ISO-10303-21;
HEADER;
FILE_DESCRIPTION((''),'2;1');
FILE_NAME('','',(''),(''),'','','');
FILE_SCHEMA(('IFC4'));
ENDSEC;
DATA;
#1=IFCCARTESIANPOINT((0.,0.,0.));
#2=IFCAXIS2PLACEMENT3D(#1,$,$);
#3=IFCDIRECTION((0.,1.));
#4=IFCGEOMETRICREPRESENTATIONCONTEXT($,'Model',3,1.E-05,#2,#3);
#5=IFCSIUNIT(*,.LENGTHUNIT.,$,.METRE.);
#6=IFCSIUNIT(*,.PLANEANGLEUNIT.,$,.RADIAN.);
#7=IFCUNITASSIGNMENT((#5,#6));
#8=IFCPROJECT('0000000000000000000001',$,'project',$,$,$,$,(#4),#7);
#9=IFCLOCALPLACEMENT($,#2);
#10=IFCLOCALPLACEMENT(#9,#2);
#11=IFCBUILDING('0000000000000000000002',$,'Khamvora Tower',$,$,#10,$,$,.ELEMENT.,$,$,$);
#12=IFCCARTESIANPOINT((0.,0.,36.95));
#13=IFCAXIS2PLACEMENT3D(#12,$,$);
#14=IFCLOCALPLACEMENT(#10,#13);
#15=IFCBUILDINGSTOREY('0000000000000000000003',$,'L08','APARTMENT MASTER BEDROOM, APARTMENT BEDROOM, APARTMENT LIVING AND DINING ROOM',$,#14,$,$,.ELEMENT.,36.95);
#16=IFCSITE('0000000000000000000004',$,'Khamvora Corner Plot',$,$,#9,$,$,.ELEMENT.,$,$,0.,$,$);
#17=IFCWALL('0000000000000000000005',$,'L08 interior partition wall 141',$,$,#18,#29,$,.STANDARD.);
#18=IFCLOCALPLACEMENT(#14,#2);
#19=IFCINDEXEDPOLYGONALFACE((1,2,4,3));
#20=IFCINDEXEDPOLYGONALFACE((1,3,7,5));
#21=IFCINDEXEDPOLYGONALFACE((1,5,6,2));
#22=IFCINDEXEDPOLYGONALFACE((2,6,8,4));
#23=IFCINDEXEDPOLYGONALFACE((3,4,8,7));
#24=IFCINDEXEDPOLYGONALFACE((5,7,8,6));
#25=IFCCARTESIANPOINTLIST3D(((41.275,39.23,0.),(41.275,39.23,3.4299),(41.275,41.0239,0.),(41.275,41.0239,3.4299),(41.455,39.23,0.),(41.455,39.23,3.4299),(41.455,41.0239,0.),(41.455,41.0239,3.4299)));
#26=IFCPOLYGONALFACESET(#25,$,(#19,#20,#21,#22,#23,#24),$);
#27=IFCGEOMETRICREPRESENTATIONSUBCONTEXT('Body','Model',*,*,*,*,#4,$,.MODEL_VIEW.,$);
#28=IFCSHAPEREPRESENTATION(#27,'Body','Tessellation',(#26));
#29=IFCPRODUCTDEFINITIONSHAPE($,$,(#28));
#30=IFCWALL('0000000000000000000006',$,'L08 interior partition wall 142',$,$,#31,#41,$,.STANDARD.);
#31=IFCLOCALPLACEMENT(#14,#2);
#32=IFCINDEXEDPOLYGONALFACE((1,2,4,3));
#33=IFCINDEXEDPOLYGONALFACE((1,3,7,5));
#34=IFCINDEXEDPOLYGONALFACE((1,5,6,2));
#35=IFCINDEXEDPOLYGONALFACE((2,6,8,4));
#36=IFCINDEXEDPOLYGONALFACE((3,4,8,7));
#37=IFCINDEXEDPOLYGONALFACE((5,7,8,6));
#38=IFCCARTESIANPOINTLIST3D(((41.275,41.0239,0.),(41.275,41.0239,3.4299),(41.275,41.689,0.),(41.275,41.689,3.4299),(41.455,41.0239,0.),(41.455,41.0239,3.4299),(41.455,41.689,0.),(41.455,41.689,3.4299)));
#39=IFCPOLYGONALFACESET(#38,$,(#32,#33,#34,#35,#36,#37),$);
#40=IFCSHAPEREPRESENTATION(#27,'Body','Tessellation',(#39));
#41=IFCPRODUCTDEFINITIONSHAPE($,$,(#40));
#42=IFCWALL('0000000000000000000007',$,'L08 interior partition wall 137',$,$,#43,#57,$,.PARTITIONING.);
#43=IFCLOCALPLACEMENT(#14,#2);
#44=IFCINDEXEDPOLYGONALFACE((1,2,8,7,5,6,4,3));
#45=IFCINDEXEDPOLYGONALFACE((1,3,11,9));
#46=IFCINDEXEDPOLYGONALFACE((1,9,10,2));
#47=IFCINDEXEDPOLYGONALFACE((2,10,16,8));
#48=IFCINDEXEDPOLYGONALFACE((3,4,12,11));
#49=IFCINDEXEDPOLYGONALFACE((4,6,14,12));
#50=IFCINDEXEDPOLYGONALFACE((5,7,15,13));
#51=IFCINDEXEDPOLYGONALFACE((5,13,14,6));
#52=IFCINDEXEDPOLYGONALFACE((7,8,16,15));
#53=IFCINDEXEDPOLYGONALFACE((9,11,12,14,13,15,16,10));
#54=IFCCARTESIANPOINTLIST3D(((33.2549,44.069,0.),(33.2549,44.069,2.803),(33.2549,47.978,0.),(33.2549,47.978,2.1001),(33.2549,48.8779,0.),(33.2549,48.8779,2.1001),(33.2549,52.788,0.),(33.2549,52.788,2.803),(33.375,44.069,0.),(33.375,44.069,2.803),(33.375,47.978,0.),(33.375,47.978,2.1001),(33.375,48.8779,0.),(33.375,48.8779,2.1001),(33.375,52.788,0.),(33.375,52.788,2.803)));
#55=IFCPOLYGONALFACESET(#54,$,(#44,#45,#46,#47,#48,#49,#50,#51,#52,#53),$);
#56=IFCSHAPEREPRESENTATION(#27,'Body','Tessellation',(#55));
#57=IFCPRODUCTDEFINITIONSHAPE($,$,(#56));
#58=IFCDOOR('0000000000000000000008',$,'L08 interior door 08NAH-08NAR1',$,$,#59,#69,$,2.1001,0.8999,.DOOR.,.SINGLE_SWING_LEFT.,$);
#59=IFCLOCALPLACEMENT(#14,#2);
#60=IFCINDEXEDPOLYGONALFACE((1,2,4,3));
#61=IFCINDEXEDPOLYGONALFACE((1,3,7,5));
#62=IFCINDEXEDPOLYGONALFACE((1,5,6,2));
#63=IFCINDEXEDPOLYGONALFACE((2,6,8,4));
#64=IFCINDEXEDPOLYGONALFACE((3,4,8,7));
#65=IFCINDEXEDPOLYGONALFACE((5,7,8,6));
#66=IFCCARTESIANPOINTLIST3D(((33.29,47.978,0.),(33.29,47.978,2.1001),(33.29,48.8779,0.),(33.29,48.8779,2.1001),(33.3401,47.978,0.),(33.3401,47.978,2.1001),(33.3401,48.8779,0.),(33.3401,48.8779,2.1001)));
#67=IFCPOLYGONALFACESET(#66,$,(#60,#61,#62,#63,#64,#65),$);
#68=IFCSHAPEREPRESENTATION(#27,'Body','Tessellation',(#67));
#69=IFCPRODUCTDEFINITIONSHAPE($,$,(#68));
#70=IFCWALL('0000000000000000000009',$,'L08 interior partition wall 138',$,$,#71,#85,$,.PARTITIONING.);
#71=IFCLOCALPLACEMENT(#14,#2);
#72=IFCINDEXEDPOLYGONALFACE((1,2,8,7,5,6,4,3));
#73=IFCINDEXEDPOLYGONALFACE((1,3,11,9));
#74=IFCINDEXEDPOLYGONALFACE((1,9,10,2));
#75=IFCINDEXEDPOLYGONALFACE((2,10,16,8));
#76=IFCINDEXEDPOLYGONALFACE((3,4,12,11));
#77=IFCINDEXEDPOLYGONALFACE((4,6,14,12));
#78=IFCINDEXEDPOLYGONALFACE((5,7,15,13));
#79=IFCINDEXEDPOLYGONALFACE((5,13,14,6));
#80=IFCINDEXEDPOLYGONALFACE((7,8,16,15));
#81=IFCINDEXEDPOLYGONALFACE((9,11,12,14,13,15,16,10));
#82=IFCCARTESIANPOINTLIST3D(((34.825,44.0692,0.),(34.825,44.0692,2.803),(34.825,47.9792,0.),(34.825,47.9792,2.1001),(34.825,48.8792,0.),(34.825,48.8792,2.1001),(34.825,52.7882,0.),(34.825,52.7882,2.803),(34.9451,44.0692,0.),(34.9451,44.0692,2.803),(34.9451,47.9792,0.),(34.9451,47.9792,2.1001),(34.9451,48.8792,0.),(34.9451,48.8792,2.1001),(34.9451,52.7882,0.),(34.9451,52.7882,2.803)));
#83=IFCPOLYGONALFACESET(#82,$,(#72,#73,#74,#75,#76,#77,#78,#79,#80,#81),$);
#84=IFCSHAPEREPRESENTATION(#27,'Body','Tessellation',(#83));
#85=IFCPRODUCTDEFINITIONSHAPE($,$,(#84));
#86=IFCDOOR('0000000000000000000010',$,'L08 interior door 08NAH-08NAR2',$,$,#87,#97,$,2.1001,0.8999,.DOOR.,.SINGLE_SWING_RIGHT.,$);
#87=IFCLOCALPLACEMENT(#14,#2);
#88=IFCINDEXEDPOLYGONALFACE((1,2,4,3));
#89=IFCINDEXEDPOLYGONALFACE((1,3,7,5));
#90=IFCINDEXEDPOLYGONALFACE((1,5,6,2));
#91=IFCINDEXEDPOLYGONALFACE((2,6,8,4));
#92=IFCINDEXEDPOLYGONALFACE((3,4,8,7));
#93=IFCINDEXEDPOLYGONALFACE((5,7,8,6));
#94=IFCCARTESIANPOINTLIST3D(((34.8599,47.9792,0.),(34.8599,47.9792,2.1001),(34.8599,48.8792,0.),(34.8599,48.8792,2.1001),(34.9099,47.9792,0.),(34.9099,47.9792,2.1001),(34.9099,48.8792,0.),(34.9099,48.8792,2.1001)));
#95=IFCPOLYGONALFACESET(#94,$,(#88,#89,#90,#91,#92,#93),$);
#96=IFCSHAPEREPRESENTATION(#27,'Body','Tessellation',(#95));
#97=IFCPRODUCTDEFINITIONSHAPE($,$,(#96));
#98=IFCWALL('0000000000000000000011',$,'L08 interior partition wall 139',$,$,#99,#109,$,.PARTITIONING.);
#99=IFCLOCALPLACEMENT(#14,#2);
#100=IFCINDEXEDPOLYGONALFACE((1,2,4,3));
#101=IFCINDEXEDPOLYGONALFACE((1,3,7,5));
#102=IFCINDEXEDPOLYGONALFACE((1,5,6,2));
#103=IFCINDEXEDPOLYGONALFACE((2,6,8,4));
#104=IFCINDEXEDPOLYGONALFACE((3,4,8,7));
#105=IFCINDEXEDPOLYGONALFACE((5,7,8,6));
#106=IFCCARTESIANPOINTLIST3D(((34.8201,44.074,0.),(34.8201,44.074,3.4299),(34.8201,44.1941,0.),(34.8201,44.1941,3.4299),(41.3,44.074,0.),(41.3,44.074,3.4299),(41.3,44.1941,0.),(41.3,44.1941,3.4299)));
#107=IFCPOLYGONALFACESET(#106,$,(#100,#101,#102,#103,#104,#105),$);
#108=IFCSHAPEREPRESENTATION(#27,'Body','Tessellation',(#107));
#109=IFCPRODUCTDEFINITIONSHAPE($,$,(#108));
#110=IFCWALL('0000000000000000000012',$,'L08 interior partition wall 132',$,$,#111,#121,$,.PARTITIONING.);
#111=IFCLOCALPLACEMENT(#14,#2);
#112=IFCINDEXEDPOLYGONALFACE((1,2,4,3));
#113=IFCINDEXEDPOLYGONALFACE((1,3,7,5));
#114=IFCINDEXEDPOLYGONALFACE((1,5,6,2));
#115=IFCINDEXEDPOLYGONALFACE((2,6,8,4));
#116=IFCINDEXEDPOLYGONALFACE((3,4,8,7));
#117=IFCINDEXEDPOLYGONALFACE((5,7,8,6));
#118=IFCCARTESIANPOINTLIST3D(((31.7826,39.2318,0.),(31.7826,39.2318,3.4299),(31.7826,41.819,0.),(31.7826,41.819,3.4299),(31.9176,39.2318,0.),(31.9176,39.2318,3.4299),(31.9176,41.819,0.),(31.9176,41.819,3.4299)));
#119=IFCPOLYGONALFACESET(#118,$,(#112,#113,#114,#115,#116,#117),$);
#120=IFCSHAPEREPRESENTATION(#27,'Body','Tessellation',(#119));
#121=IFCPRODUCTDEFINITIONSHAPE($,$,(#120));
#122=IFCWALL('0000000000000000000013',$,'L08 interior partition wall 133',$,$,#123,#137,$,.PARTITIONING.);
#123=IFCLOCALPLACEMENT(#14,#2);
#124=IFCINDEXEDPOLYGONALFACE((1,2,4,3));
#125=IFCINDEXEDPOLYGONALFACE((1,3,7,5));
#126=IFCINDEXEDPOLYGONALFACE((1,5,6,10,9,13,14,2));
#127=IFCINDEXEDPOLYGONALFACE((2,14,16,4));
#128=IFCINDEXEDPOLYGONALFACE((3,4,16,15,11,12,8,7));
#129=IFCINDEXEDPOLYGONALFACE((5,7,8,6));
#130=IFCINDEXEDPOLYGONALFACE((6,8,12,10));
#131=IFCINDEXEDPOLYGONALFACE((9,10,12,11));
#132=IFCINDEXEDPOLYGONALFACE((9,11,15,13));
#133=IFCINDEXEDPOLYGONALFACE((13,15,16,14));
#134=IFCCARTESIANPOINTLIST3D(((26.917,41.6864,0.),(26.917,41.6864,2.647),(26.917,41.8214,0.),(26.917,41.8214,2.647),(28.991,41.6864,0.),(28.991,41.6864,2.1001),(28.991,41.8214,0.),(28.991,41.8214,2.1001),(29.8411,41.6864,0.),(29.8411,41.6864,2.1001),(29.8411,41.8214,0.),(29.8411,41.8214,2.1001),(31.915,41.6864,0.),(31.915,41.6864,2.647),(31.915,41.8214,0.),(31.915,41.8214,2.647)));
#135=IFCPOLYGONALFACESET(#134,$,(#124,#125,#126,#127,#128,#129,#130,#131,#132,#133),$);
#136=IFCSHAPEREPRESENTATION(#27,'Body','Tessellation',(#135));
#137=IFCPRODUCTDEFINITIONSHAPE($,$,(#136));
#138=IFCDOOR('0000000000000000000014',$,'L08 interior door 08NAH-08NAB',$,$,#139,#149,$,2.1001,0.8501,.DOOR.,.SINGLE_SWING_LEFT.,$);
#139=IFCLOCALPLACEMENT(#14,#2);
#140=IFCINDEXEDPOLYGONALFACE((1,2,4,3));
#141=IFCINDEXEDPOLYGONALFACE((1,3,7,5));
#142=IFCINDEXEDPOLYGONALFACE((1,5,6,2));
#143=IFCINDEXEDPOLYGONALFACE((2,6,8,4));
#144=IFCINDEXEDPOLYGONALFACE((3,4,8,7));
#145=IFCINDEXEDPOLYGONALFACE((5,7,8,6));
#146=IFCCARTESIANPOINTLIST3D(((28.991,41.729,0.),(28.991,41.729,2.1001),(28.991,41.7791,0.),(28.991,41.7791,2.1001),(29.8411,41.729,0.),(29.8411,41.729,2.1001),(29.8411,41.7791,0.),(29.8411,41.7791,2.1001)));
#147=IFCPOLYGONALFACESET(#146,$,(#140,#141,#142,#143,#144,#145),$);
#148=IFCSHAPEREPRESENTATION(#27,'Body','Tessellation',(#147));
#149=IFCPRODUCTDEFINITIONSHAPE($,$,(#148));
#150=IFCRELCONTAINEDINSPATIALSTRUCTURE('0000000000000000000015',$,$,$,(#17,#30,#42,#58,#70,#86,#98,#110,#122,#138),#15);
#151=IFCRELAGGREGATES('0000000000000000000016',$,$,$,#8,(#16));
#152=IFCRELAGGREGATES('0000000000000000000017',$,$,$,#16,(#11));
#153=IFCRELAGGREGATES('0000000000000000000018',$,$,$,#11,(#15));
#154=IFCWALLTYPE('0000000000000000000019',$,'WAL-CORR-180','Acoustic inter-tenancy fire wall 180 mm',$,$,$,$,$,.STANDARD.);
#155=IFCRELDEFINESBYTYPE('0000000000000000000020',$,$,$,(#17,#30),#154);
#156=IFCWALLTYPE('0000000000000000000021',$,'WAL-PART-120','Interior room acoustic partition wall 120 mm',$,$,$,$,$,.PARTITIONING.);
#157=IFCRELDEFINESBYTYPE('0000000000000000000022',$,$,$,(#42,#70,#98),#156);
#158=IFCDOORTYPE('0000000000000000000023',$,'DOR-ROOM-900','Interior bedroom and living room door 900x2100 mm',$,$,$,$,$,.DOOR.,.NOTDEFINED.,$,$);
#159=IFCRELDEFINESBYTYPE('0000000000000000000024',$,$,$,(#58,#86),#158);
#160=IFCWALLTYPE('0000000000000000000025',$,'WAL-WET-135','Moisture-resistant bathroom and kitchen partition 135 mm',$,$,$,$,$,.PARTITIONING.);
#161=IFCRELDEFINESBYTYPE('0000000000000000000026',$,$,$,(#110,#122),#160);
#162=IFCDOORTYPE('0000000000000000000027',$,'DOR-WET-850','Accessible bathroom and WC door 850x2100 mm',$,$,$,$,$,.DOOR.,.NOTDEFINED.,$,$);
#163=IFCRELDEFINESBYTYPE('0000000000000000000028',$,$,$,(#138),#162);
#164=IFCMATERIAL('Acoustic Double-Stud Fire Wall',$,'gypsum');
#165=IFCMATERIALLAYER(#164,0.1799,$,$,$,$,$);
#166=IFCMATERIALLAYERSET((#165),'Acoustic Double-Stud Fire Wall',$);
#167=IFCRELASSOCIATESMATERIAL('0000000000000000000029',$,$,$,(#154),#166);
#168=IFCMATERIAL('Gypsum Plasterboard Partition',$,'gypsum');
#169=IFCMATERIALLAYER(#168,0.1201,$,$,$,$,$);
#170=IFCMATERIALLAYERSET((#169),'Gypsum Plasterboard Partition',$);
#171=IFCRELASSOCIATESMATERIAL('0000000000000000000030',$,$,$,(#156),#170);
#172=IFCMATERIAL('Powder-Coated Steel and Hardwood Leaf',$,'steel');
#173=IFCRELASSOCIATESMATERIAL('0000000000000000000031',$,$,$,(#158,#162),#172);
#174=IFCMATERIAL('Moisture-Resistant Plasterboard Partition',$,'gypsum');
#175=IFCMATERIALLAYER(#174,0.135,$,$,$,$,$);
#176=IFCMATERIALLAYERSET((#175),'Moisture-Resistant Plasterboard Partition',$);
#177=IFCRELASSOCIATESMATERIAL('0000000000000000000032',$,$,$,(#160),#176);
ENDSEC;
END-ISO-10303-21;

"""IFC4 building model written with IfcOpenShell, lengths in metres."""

from ifc_helpers import new_model, si_unit, direction, frame, frame_2d, origin, place, context, subcontext, project, spatial, rectangle, extrude, material, layer, layer_set, type_object, element, fill, save


model = new_model("IFC4")

# Units and contexts
model_context = context("Model", 3, precision=1e-05, world=origin(), true_north=direction((0.0, 1.0)))
body_context = subcontext(model_context, "Body", "Model", "MODEL_VIEW")
ifc_project = project(units=[si_unit("LENGTHUNIT", "METRE"), si_unit("PLANEANGLEUNIT", "RADIAN")], contexts=[model_context])

# Site, building, storey
site_placement = place(None, origin())
site = spatial("IfcSite", under=ifc_project, at=site_placement, Name="Khamvora Corner Plot", CompositionType="ELEMENT", RefElevation=0.0)
building_placement = place(site_placement, origin())
building = spatial("IfcBuilding", under=site, at=building_placement, Name="Khamvora Tower", CompositionType="ELEMENT")
storey_placement = place(building_placement, frame((0.0, 0.0, 36.95)))
storey = spatial("IfcBuildingStorey", under=building, at=storey_placement, Name="L08", Description="APARTMENT MASTER BEDROOM, APARTMENT BEDROOM, APARTMENT LIVING AND DINING ROOM", CompositionType="ELEMENT", Elevation=36.95)

# Shared definitions
ifc_material_1 = material(Name="Powder-Coated Steel and Hardwood Leaf", Category="steel")

# Walls
ifc_material_2 = material(Name="Acoustic Double-Stud Fire Wall", Category="gypsum")
ifc_layer_1 = layer(ifc_material_2, 0.1799)
ifc_layer_set_1 = layer_set([ifc_layer_1], Name="Acoustic Double-Stud Fire Wall")
wall_type_1 = type_object("IfcWallType", Name="WAL-CORR-180", Description="Acoustic inter-tenancy fire wall 180 mm", PredefinedType="STANDARD", material=ifc_layer_set_1)
wall_1_placement = place(storey_placement, frame((41.365, 41.0239, 0.0), z_axis=(0.0, 0.0, 1.0), x_axis=(0.0, -1.0, 0.0)))
element("IfcWall", 1, at=wall_1_placement, inside=storey, type_object=wall_type_1, Name="L08 interior partition wall 141", PredefinedType="STANDARD", context=body_context, shape_type="SweptSolid", body=[
    extrude(rectangle(XDim=1.7939, YDim=0.1799, at=frame_2d((0.897, 0.0))), origin(), (0.0, 0.0, 1.0), 3.4299),
])
wall_2_placement = place(storey_placement, frame((41.365, 41.689, 0.0), z_axis=(0.0, 0.0, 1.0), x_axis=(0.0, -1.0, 0.0)))
element("IfcWall", 2, at=wall_2_placement, inside=storey, type_object=wall_type_1, Name="L08 interior partition wall 142", PredefinedType="STANDARD", context=body_context, shape_type="SweptSolid", body=[
    extrude(rectangle(XDim=0.665, YDim=0.1799, at=frame_2d((0.3325, 0.0))), origin(), (0.0, 0.0, 1.0), 3.4299),
])

# Walls, openings, doors
ifc_material_3 = material(Name="Gypsum Plasterboard Partition", Category="gypsum")
ifc_layer_2 = layer(ifc_material_3, 0.1201)
ifc_layer_set_2 = layer_set([ifc_layer_2], Name="Gypsum Plasterboard Partition")
wall_type_2 = type_object("IfcWallType", Name="WAL-PART-120", Description="Interior room acoustic partition wall 120 mm", PredefinedType="PARTITIONING", material=ifc_layer_set_2)
wall_3_placement = place(storey_placement, frame((33.3149, 44.0691, 0.0), z_axis=(0.0, 0.0, 1.0), x_axis=(0.0, 1.0, 0.0)))
wall_3 = element("IfcWall", 3, at=wall_3_placement, inside=storey, type_object=wall_type_2, Name="L08 interior partition wall 137", PredefinedType="PARTITIONING", context=body_context, shape_type="SweptSolid", body=[
    extrude(rectangle(XDim=8.719, YDim=0.1201, at=frame_2d((4.3594, 0.0))), origin(), (0.0, 0.0, 1.0), 2.803),
])
opening_1_placement = place(wall_3_placement, frame((3.9089, 0.0, 0.0)))
opening_1 = element("IfcOpeningElement", 4, at=opening_1_placement, cuts=wall_3, PredefinedType="OPENING", context=body_context, shape_type="SweptSolid", body=[
    extrude(rectangle(XDim=0.8999, YDim=2.1001, at=frame_2d((0.45, 1.05))), frame((0.0, 0.0701, 0.0), z_axis=(0.0, -1.0, 0.0), x_axis=(1.0, 0.0, 0.0)), (0.0, 0.0, 1.0), 0.1401),
])
door_type_1 = type_object("IfcDoorType", Name="DOR-ROOM-900", Description="Interior bedroom and living room door 900x2100 mm", OperationType="NOTDEFINED", PredefinedType="DOOR", material=ifc_material_1)
door_1_placement = place(opening_1_placement, origin())
door_1 = element("IfcDoor", 5, at=door_1_placement, inside=storey, type_object=door_type_1, Name="L08 interior door 08NAH-08NAR1", OperationType="SINGLE_SWING_LEFT", OverallHeight=2.1001, OverallWidth=0.8999, PredefinedType="DOOR", context=body_context, shape_type="SweptSolid", body=[
    extrude(rectangle(XDim=0.8999, YDim=2.1001, at=frame_2d((0.45, 1.05))), frame((0.0, 0.0249, 0.0), z_axis=(0.0, -1.0, 0.0), x_axis=(1.0, 0.0, 0.0)), (0.0, 0.0, 1.0), 0.05),
])
fill(opening_1, door_1)
wall_4_placement = place(storey_placement, frame((34.885, 52.7881, 0.0), z_axis=(0.0, 0.0, 1.0), x_axis=(0.0, -1.0, 0.0)))
wall_4 = element("IfcWall", 6, at=wall_4_placement, inside=storey, type_object=wall_type_2, Name="L08 interior partition wall 138", PredefinedType="PARTITIONING", context=body_context, shape_type="SweptSolid", body=[
    extrude(rectangle(XDim=8.719, YDim=0.1201, at=frame_2d((4.3594, 0.0))), origin(), (0.0, 0.0, 1.0), 2.803),
])
opening_2_placement = place(wall_4_placement, frame((3.9089, 0.0, 0.0)))
opening_2 = element("IfcOpeningElement", 7, at=opening_2_placement, cuts=wall_4, PredefinedType="OPENING", context=body_context, shape_type="SweptSolid", body=[
    extrude(rectangle(XDim=0.8999, YDim=2.1001, at=frame_2d((0.45, 1.05))), frame((0.0, 0.0701, 0.0), z_axis=(0.0, -1.0, 0.0), x_axis=(1.0, 0.0, 0.0)), (0.0, 0.0, 1.0), 0.1401),
])
door_2_placement = place(opening_2_placement, origin())
door_2 = element("IfcDoor", 8, at=door_2_placement, inside=storey, type_object=door_type_1, Name="L08 interior door 08NAH-08NAR2", OperationType="SINGLE_SWING_RIGHT", OverallHeight=2.1001, OverallWidth=0.8999, PredefinedType="DOOR", context=body_context, shape_type="SweptSolid", body=[
    extrude(rectangle(XDim=0.8999, YDim=2.1001, at=frame_2d((0.45, 1.05))), frame((0.0, 0.0249, 0.0), z_axis=(0.0, -1.0, 0.0), x_axis=(1.0, 0.0, 0.0)), (0.0, 0.0, 1.0), 0.05),
])
fill(opening_2, door_2)

# Walls
wall_5_placement = place(storey_placement, frame((34.8201, 44.134, 0.0), z_axis=(0.0, 0.0, 1.0), x_axis=(1.0, 0.0, 0.0)))
element("IfcWall", 9, at=wall_5_placement, inside=storey, type_object=wall_type_2, Name="L08 interior partition wall 139", PredefinedType="PARTITIONING", context=body_context, shape_type="SweptSolid", body=[
    extrude(rectangle(XDim=6.48, YDim=0.1201, at=frame_2d((3.24, 0.0))), origin(), (0.0, 0.0, 1.0), 3.4299),
])
ifc_material_4 = material(Name="Moisture-Resistant Plasterboard Partition", Category="gypsum")
ifc_layer_3 = layer(ifc_material_4, 0.135)
ifc_layer_set_3 = layer_set([ifc_layer_3], Name="Moisture-Resistant Plasterboard Partition")
wall_type_3 = type_object("IfcWallType", Name="WAL-WET-135", Description="Moisture-resistant bathroom and kitchen partition 135 mm", PredefinedType="PARTITIONING", material=ifc_layer_set_3)
wall_6_placement = place(storey_placement, frame((31.8501, 39.2319, 0.0), z_axis=(0.0, 0.0, 1.0), x_axis=(0.0, 1.0, 0.0)))
element("IfcWall", 10, at=wall_6_placement, inside=storey, type_object=wall_type_3, Name="L08 interior partition wall 132", PredefinedType="PARTITIONING", context=body_context, shape_type="SweptSolid", body=[
    extrude(rectangle(XDim=2.5872, YDim=0.135, at=frame_2d((1.2935, 0.0))), origin(), (0.0, 0.0, 1.0), 3.4299),
])

# Wall, opening, door
wall_7_placement = place(storey_placement, frame((31.915, 41.7539, 0.0), z_axis=(0.0, 0.0, 1.0), x_axis=(-1.0, 0.0, 0.0)))
wall_7 = element("IfcWall", 11, at=wall_7_placement, inside=storey, type_object=wall_type_3, Name="L08 interior partition wall 133", PredefinedType="PARTITIONING", context=body_context, shape_type="SweptSolid", body=[
    extrude(rectangle(XDim=4.998, YDim=0.135, at=frame_2d((2.499, 0.0))), origin(), (0.0, 0.0, 1.0), 2.647),
])
opening_3_placement = place(wall_7_placement, frame((2.074, 0.0, 0.0)))
opening_3 = element("IfcOpeningElement", 12, at=opening_3_placement, cuts=wall_7, PredefinedType="OPENING", context=body_context, shape_type="SweptSolid", body=[
    extrude(rectangle(XDim=0.8501, YDim=2.1001, at=frame_2d((0.425, 1.05))), frame((0.0, 0.0774, 0.0), z_axis=(0.0, -1.0, 0.0), x_axis=(1.0, 0.0, 0.0)), (0.0, 0.0, 1.0), 0.155),
])
door_type_2 = type_object("IfcDoorType", Name="DOR-WET-850", Description="Accessible bathroom and WC door 850x2100 mm", OperationType="NOTDEFINED", PredefinedType="DOOR", material=ifc_material_1)
door_3_placement = place(opening_3_placement, origin())
door_3 = element("IfcDoor", 13, at=door_3_placement, inside=storey, type_object=door_type_2, Name="L08 interior door 08NAH-08NAB", OperationType="SINGLE_SWING_LEFT", OverallHeight=2.1001, OverallWidth=0.8501, PredefinedType="DOOR", context=body_context, shape_type="SweptSolid", body=[
    extrude(rectangle(XDim=0.8501, YDim=2.1001, at=frame_2d((0.425, 1.05))), frame((0.0, 0.0249, 0.0), z_axis=(0.0, -1.0, 0.0), x_axis=(1.0, 0.0, 0.0)), (0.0, 0.0, 1.0), 0.05),
])
fill(opening_3, door_3)

save(model, "model.ifc")
